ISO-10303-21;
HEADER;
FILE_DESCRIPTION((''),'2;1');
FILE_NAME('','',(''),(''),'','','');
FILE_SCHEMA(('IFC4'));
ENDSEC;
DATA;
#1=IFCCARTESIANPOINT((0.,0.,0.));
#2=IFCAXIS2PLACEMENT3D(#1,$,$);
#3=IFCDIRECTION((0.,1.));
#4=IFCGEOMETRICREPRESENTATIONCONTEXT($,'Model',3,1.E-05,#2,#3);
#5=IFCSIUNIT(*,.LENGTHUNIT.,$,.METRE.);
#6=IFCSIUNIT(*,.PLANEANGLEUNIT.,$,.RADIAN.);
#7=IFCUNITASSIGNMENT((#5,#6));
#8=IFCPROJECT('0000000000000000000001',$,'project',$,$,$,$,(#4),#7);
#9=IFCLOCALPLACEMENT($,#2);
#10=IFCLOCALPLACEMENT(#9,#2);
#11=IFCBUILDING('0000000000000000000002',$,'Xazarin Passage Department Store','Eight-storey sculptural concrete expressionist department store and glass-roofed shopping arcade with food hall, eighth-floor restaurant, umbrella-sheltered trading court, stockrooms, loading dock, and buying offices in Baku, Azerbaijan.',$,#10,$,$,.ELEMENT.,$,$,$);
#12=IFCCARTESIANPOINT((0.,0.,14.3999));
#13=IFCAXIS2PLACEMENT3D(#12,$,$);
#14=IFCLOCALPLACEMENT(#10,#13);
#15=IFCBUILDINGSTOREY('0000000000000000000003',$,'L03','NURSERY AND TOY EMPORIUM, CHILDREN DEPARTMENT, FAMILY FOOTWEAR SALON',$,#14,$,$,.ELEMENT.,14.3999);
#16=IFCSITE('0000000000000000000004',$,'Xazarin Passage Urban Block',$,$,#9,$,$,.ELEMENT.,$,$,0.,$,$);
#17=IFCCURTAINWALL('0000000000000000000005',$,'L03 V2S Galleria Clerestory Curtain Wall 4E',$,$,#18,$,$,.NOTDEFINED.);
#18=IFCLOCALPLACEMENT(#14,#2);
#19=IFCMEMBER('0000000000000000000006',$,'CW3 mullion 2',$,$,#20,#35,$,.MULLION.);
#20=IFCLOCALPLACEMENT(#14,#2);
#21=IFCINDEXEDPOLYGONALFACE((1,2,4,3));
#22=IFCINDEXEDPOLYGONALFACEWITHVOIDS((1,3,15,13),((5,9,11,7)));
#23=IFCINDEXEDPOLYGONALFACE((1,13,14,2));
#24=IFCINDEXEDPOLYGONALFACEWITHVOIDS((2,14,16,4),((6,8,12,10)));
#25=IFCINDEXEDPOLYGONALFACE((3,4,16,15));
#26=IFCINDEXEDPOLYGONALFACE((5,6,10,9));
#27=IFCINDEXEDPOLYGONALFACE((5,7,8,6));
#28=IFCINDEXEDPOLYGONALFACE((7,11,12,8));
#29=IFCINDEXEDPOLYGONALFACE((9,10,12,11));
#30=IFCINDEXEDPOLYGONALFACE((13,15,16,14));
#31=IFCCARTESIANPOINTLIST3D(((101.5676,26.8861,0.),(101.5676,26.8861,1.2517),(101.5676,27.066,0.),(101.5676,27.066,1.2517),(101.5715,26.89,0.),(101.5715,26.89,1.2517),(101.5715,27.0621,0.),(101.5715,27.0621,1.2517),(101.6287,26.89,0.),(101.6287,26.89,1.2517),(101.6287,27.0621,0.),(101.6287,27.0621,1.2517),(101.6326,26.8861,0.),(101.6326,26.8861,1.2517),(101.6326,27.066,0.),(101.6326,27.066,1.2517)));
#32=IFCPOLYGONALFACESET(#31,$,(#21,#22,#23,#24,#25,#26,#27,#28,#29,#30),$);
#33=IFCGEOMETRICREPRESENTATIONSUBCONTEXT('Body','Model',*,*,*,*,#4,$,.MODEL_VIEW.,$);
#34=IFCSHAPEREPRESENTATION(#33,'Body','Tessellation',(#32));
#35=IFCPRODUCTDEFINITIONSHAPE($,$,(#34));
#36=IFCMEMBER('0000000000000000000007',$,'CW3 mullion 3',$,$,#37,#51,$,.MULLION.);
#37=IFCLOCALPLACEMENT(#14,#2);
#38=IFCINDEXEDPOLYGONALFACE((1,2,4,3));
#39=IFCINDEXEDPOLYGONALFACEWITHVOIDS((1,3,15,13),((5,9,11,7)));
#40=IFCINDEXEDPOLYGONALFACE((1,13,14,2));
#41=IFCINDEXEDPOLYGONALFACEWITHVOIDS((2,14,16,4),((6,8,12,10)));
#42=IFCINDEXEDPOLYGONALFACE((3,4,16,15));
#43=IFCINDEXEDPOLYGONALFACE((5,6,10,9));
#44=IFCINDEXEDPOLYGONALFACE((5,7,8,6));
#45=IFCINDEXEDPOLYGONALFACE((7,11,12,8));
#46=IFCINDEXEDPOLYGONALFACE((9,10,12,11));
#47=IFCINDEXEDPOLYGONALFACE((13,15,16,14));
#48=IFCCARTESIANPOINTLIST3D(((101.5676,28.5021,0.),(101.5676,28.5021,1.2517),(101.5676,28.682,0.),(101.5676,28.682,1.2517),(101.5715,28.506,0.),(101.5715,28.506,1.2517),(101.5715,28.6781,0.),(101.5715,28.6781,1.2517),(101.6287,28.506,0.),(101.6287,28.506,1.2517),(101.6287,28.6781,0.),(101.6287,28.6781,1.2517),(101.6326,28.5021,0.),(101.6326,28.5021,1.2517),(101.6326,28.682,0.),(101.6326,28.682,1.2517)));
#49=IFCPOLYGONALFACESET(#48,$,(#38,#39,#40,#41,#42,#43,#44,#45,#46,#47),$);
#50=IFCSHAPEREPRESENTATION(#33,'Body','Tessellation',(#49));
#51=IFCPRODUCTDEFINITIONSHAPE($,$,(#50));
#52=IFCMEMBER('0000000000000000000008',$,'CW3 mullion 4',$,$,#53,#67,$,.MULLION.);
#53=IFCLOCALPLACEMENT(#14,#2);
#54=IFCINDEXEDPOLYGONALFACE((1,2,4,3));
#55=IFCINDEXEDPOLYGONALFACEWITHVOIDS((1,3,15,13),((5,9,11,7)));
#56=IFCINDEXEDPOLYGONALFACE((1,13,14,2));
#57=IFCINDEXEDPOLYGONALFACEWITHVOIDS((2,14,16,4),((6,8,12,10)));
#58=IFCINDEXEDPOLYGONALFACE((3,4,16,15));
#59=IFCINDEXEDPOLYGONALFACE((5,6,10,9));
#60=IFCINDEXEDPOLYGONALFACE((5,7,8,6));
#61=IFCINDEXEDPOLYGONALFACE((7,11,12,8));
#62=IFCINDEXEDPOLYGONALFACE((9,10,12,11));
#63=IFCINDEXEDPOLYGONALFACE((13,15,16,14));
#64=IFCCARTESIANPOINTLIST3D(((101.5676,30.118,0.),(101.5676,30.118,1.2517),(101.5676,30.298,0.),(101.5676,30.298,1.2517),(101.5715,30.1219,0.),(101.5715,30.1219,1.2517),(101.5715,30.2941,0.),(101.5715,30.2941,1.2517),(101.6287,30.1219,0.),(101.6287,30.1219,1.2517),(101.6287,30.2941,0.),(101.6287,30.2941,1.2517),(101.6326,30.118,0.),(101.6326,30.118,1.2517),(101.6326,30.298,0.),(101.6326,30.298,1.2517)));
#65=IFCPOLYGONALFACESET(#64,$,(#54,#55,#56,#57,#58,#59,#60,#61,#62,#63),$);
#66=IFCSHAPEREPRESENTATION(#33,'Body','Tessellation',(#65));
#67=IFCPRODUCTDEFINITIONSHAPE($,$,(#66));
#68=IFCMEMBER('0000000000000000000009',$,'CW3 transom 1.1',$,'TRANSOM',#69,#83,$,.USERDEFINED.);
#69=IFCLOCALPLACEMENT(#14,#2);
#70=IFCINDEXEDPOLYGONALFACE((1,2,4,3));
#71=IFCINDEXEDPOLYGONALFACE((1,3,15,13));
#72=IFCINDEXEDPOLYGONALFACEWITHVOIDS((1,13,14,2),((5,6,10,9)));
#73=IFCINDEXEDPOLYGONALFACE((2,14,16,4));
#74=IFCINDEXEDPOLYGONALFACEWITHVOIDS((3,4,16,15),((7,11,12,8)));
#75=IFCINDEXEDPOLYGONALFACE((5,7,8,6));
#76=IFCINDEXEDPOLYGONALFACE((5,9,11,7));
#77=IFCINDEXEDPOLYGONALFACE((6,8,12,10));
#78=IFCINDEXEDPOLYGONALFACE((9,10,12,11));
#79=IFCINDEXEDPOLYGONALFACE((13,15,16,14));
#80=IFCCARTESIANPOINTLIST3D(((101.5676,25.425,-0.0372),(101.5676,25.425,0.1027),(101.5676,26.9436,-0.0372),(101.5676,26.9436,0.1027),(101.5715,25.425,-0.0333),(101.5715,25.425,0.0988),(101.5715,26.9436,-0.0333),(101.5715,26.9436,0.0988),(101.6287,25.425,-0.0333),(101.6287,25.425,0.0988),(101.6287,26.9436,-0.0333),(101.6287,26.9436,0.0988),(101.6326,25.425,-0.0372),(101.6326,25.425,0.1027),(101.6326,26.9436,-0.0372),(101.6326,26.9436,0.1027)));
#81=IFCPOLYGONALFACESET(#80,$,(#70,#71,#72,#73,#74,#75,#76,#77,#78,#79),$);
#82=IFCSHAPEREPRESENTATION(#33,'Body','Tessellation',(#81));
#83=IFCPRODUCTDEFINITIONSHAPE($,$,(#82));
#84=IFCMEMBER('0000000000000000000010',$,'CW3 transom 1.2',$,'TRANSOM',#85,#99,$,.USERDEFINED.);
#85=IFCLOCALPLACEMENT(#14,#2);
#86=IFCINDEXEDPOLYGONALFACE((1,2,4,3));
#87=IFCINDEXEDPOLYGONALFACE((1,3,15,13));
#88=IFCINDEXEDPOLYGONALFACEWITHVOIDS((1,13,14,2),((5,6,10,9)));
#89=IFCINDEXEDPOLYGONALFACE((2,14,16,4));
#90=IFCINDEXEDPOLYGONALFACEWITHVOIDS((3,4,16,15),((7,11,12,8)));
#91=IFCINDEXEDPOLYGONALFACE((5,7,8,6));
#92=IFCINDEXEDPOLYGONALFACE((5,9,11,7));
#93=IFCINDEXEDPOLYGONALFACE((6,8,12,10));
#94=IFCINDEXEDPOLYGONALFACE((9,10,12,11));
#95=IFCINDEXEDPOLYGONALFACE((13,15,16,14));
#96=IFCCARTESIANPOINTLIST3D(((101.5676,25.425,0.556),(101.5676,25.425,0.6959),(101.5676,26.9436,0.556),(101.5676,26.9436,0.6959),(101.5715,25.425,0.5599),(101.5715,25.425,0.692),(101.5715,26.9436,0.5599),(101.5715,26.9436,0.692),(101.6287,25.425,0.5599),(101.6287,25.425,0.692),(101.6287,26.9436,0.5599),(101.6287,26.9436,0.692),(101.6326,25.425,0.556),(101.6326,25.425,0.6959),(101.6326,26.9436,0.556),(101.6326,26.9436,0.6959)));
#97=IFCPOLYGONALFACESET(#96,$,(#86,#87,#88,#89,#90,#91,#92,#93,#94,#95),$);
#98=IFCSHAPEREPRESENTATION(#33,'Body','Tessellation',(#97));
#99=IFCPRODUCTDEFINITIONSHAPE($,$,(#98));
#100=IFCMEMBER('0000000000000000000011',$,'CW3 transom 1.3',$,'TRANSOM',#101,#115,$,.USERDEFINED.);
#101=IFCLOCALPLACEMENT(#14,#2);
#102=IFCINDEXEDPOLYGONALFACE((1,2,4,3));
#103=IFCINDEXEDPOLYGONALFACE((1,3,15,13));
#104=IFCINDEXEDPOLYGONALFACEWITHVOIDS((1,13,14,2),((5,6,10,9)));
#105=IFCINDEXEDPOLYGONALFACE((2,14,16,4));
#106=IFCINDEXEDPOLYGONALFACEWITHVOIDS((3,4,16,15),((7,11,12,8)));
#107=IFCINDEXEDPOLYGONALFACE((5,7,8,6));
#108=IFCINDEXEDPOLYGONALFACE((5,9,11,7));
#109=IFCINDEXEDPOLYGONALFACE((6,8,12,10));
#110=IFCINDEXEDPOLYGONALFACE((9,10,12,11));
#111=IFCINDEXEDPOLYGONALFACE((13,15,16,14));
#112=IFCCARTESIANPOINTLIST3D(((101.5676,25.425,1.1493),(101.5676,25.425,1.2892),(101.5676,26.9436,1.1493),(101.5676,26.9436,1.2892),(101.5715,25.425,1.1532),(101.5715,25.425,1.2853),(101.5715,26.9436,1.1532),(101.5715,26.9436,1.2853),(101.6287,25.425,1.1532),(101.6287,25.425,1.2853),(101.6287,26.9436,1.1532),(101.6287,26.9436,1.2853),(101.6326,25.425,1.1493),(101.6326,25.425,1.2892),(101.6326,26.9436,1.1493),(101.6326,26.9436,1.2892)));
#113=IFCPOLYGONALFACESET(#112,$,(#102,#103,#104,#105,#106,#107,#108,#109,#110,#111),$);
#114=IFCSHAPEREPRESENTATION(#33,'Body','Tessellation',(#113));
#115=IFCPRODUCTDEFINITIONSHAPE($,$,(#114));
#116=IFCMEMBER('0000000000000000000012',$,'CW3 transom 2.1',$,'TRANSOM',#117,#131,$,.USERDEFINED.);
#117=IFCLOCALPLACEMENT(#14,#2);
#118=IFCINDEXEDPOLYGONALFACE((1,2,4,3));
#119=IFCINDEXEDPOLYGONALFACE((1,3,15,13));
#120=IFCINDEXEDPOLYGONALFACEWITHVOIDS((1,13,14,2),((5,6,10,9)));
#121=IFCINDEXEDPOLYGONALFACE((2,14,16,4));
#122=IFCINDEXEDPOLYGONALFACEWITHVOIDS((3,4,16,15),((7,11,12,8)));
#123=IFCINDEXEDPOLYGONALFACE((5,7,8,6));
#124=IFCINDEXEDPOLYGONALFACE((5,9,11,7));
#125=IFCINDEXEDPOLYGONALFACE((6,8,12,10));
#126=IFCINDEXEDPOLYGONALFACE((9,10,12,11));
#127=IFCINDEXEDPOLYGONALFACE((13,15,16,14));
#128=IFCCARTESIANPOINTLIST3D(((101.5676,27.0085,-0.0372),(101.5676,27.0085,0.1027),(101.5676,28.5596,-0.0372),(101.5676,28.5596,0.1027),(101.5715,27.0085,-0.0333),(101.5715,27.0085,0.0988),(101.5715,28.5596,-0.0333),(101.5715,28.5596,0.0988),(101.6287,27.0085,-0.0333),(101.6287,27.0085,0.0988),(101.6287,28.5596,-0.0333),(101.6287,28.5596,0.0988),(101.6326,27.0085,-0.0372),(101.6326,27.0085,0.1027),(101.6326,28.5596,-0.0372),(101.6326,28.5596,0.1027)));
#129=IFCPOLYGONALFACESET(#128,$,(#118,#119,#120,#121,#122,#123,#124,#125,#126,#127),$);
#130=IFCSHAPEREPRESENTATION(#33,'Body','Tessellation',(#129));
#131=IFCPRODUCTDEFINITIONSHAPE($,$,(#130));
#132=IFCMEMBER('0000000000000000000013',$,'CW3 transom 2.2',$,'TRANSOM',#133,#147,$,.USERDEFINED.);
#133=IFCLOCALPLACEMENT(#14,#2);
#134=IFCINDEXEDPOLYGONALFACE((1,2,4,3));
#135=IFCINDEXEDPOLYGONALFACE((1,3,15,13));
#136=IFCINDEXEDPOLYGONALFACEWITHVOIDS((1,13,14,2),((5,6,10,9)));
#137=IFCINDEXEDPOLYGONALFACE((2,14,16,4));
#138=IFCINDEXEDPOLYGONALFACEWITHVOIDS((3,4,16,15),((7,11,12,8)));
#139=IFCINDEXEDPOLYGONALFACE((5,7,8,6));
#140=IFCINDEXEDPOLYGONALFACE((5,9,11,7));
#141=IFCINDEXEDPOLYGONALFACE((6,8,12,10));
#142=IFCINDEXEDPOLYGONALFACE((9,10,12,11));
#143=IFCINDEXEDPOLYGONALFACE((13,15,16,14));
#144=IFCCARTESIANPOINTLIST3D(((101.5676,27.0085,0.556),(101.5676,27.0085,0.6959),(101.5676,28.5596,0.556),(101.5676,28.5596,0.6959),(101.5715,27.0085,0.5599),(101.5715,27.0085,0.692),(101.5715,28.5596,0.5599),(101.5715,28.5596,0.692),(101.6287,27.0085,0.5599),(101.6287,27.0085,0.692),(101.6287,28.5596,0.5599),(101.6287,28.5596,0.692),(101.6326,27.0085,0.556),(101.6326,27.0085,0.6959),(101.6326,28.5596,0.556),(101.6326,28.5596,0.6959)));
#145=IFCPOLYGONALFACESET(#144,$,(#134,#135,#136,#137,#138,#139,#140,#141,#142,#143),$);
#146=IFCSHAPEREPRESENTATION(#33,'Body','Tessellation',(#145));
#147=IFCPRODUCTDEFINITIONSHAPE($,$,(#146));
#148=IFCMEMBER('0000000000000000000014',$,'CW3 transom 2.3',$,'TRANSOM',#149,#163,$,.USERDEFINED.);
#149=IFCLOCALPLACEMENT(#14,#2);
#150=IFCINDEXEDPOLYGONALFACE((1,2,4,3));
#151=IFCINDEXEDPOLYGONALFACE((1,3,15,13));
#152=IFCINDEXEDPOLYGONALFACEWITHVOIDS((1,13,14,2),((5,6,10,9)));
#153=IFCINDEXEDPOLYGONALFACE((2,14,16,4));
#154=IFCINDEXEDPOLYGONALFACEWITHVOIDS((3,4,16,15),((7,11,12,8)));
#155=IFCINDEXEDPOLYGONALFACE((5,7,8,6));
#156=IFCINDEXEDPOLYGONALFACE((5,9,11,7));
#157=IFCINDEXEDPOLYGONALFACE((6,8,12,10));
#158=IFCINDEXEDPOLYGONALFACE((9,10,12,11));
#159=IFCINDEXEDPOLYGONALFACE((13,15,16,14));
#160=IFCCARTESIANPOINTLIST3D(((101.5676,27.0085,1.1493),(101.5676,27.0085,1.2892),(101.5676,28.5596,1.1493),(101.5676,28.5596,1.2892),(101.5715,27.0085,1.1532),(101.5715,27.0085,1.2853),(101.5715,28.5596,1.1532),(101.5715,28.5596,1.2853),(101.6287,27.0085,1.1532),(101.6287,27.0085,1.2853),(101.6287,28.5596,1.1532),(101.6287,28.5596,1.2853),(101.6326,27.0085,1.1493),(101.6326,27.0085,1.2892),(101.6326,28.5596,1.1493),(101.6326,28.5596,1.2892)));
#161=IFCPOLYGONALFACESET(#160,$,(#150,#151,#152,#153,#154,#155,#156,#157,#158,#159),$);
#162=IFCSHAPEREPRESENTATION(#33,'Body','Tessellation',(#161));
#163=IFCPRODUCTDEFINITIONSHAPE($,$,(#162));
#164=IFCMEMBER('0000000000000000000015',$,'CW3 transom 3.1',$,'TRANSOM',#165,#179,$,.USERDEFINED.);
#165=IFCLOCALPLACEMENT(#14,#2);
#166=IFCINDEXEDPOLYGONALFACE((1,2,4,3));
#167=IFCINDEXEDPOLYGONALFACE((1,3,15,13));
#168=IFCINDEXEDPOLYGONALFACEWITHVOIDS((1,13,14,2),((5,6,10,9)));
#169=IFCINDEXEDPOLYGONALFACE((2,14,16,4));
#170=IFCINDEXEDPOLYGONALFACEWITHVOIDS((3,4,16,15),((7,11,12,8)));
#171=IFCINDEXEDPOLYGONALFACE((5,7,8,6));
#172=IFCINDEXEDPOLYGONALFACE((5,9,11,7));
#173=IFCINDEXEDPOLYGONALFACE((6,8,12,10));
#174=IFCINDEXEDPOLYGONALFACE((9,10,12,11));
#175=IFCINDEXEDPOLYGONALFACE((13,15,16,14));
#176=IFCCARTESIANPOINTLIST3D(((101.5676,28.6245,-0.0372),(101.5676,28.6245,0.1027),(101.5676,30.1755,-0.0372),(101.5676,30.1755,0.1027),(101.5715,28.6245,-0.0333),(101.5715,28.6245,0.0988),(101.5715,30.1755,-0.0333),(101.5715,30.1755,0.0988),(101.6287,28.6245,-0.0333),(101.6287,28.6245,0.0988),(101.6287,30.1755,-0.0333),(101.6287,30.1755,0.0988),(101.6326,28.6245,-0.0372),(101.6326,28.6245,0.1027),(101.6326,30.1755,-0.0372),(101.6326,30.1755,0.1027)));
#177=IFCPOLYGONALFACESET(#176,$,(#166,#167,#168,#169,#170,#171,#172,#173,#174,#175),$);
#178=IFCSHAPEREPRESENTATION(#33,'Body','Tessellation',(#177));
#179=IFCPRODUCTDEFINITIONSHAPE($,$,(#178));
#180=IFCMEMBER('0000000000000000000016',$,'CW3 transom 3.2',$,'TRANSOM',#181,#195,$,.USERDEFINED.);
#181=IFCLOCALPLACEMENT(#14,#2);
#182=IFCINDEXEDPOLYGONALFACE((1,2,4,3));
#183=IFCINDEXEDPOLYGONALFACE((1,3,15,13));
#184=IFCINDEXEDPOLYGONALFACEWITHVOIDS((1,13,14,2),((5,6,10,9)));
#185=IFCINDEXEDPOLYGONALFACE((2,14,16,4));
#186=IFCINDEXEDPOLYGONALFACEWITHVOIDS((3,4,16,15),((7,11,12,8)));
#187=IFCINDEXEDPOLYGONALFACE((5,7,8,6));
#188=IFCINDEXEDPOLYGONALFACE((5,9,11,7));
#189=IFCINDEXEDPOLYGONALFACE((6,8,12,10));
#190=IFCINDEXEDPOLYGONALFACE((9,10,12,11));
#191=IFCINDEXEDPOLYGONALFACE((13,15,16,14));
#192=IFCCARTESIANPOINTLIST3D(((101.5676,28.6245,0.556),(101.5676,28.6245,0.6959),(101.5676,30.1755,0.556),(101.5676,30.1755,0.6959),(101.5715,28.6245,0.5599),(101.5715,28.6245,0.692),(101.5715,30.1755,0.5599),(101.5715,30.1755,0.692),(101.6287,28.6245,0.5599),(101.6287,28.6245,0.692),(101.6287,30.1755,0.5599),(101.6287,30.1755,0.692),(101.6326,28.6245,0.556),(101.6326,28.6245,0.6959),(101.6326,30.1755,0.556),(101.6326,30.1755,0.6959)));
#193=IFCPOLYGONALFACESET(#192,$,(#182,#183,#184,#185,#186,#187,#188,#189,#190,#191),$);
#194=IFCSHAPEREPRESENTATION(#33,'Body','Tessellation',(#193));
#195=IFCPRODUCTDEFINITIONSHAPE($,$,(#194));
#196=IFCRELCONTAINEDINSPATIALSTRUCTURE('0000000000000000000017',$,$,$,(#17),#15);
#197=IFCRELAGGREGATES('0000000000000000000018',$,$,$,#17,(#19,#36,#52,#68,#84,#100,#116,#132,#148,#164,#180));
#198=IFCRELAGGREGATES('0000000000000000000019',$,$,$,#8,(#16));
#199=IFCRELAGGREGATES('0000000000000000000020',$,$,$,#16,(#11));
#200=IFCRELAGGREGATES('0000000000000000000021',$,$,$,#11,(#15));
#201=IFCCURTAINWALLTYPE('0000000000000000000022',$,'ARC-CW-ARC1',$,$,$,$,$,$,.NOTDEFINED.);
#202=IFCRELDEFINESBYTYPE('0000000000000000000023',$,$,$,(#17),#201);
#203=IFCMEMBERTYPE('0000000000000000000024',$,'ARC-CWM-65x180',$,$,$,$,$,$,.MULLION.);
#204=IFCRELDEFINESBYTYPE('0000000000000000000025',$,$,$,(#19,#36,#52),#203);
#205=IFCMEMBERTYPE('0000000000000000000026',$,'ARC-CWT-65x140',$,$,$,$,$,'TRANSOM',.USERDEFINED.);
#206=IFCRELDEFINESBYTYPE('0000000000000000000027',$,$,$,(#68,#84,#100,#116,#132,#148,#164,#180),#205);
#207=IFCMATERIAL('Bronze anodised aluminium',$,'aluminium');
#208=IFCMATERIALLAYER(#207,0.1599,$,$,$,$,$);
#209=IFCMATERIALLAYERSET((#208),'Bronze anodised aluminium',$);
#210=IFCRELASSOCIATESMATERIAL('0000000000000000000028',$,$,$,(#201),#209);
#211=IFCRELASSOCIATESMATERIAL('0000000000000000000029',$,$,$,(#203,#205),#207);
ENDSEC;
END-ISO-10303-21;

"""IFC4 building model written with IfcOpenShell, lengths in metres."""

from ifc_helpers import new_model, si_unit, direction, frame, origin, origin_2d, place, context, subcontext, project, spatial, hollow_rectangle, extrude, material, layer, layer_set, material_profile, profile_set, type_object, element, aggregate, save


model = new_model("IFC4")

# Units and contexts
model_context = context("Model", 3, precision=1e-05, world=origin(), true_north=direction((0.0, 1.0)))
body_context = subcontext(model_context, "Body", "Model", "MODEL_VIEW")
ifc_project = project(units=[si_unit("LENGTHUNIT", "METRE"), si_unit("PLANEANGLEUNIT", "RADIAN")], contexts=[model_context])

# Site, building, storey
site_placement = place(None, origin())
site = spatial("IfcSite", under=ifc_project, at=site_placement, Name="Xazarin Passage Urban Block", CompositionType="ELEMENT", RefElevation=0.0)
building_placement = place(site_placement, origin())
building = spatial("IfcBuilding", under=site, at=building_placement, Name="Xazarin Passage Department Store", Description="Eight-storey sculptural concrete expressionist department store and glass-roofed shopping arcade with food hall, eighth-floor restaurant, umbrella-sheltered trading court, stockrooms, loading dock, and buying offices in Baku, Azerbaijan.", CompositionType="ELEMENT")
storey_placement = place(building_placement, frame((0.0, 0.0, 14.3999)))
storey = spatial("IfcBuildingStorey", under=building, at=storey_placement, Name="L03", Description="NURSERY AND TOY EMPORIUM, CHILDREN DEPARTMENT, FAMILY FOOTWEAR SALON", CompositionType="ELEMENT", Elevation=14.3999)

# Curtain wall, members
ifc_material_1 = material(Name="Bronze anodised aluminium", Category="aluminium")
ifc_layer_1 = layer(ifc_material_1, 0.1599)
ifc_layer_set_1 = layer_set([ifc_layer_1], Name="Bronze anodised aluminium")
curtain_wall_type = type_object("IfcCurtainWallType", Name="ARC-CW-ARC1", PredefinedType="NOTDEFINED", material=ifc_layer_set_1)
curtain_wall_placement = place(storey_placement, origin())
curtain_wall = element("IfcCurtainWall", 1, at=curtain_wall_placement, inside=storey, type_object=curtain_wall_type, Name="L03 V2S Galleria Clerestory Curtain Wall 4E", PredefinedType="NOTDEFINED")
ifc_material_profile_1 = material_profile(ifc_material_1, hollow_rectangle(XDim=0.0649, YDim=0.1799, WallThickness=0.0039, at=origin_2d()), Name="ALU 65x180")
ifc_profile_set_1 = profile_set([ifc_material_profile_1], Name="Bronze anodised aluminium")
member_type_1 = type_object("IfcMemberType", Name="ARC-CWM-65x180", PredefinedType="MULLION", material=ifc_profile_set_1)
member_1_placement = place(storey_placement, frame((101.6001, 26.9761, 0.0), z_axis=(0.0, 0.0, 1.0), x_axis=(-1.0, 0.0, 0.0)))
member_1 = element("IfcMember", 2, at=member_1_placement, type_object=member_type_1, Name="CW3 mullion 2", PredefinedType="MULLION", context=body_context, shape_type="SweptSolid", body=[
    extrude(hollow_rectangle(XDim=0.0649, YDim=0.1799, WallThickness=0.0039, at=origin_2d()), origin(), (0.0, 0.0, 1.0), 1.2517),
])
member_2_placement = place(storey_placement, frame((101.6001, 28.592, 0.0), z_axis=(0.0, 0.0, 1.0), x_axis=(-1.0, 0.0, 0.0)))
member_2 = element("IfcMember", 3, at=member_2_placement, type_object=member_type_1, Name="CW3 mullion 3", PredefinedType="MULLION", context=body_context, shape_type="SweptSolid", body=[
    extrude(hollow_rectangle(XDim=0.0649, YDim=0.1799, WallThickness=0.0039, at=origin_2d()), origin(), (0.0, 0.0, 1.0), 1.2517),
])
member_3_placement = place(storey_placement, frame((101.6001, 30.208, 0.0), z_axis=(0.0, 0.0, 1.0), x_axis=(-1.0, 0.0, 0.0)))
member_3 = element("IfcMember", 4, at=member_3_placement, type_object=member_type_1, Name="CW3 mullion 4", PredefinedType="MULLION", context=body_context, shape_type="SweptSolid", body=[
    extrude(hollow_rectangle(XDim=0.0649, YDim=0.1799, WallThickness=0.0039, at=origin_2d()), origin(), (0.0, 0.0, 1.0), 1.2517),
])
ifc_material_profile_2 = material_profile(ifc_material_1, hollow_rectangle(XDim=0.0649, YDim=0.1399, WallThickness=0.0039, at=origin_2d()), Name="ALU 65x140")
ifc_profile_set_2 = profile_set([ifc_material_profile_2], Name="Bronze anodised aluminium")
member_type_2 = type_object("IfcMemberType", Name="ARC-CWT-65x140", ElementType="TRANSOM", PredefinedType="USERDEFINED", material=ifc_profile_set_2)
member_4_placement = place(storey_placement, frame((101.6001, 25.425, 0.0327), z_axis=(0.0, 1.0, 0.0), x_axis=(-1.0, 0.0, 0.0)))
member_4 = element("IfcMember", 5, at=member_4_placement, type_object=member_type_2, Name="CW3 transom 1.1", ObjectType="TRANSOM", PredefinedType="USERDEFINED", context=body_context, shape_type="SweptSolid", body=[
    extrude(hollow_rectangle(XDim=0.0649, YDim=0.1399, WallThickness=0.0039, at=origin_2d()), origin(), (0.0, 0.0, 1.0), 1.5186),
])
member_5_placement = place(storey_placement, frame((101.6001, 25.425, 0.626), z_axis=(0.0, 1.0, 0.0), x_axis=(-1.0, 0.0, 0.0)))
member_5 = element("IfcMember", 6, at=member_5_placement, type_object=member_type_2, Name="CW3 transom 1.2", ObjectType="TRANSOM", PredefinedType="USERDEFINED", context=body_context, shape_type="SweptSolid", body=[
    extrude(hollow_rectangle(XDim=0.0649, YDim=0.1399, WallThickness=0.0039, at=origin_2d()), origin(), (0.0, 0.0, 1.0), 1.5186),
])
member_6_placement = place(storey_placement, frame((101.6001, 25.425, 1.2192), z_axis=(0.0, 1.0, 0.0), x_axis=(-1.0, 0.0, 0.0)))
member_6 = element("IfcMember", 7, at=member_6_placement, type_object=member_type_2, Name="CW3 transom 1.3", ObjectType="TRANSOM", PredefinedType="USERDEFINED", context=body_context, shape_type="SweptSolid", body=[
    extrude(hollow_rectangle(XDim=0.0649, YDim=0.1399, WallThickness=0.0039, at=origin_2d()), origin(), (0.0, 0.0, 1.0), 1.5186),
])
member_7_placement = place(storey_placement, frame((101.6001, 27.0085, 0.0327), z_axis=(0.0, 1.0, 0.0), x_axis=(-1.0, 0.0, 0.0)))
member_7 = element("IfcMember", 8, at=member_7_placement, type_object=member_type_2, Name="CW3 transom 2.1", ObjectType="TRANSOM", PredefinedType="USERDEFINED", context=body_context, shape_type="SweptSolid", body=[
    extrude(hollow_rectangle(XDim=0.0649, YDim=0.1399, WallThickness=0.0039, at=origin_2d()), origin(), (0.0, 0.0, 1.0), 1.551),
])
member_8_placement = place(storey_placement, frame((101.6001, 27.0085, 0.626), z_axis=(0.0, 1.0, 0.0), x_axis=(-1.0, 0.0, 0.0)))
member_8 = element("IfcMember", 9, at=member_8_placement, type_object=member_type_2, Name="CW3 transom 2.2", ObjectType="TRANSOM", PredefinedType="USERDEFINED", context=body_context, shape_type="SweptSolid", body=[
    extrude(hollow_rectangle(XDim=0.0649, YDim=0.1399, WallThickness=0.0039, at=origin_2d()), origin(), (0.0, 0.0, 1.0), 1.551),
])
member_9_placement = place(storey_placement, frame((101.6001, 27.0085, 1.2192), z_axis=(0.0, 1.0, 0.0), x_axis=(-1.0, 0.0, 0.0)))
member_9 = element("IfcMember", 10, at=member_9_placement, type_object=member_type_2, Name="CW3 transom 2.3", ObjectType="TRANSOM", PredefinedType="USERDEFINED", context=body_context, shape_type="SweptSolid", body=[
    extrude(hollow_rectangle(XDim=0.0649, YDim=0.1399, WallThickness=0.0039, at=origin_2d()), origin(), (0.0, 0.0, 1.0), 1.551),
])
member_10_placement = place(storey_placement, frame((101.6001, 28.6245, 0.0327), z_axis=(0.0, 1.0, 0.0), x_axis=(-1.0, 0.0, 0.0)))
member_10 = element("IfcMember", 11, at=member_10_placement, type_object=member_type_2, Name="CW3 transom 3.1", ObjectType="TRANSOM", PredefinedType="USERDEFINED", context=body_context, shape_type="SweptSolid", body=[
    extrude(hollow_rectangle(XDim=0.0649, YDim=0.1399, WallThickness=0.0039, at=origin_2d()), origin(), (0.0, 0.0, 1.0), 1.551),
])
member_11_placement = place(storey_placement, frame((101.6001, 28.6245, 0.626), z_axis=(0.0, 1.0, 0.0), x_axis=(-1.0, 0.0, 0.0)))
member_11 = element("IfcMember", 12, at=member_11_placement, type_object=member_type_2, Name="CW3 transom 3.2", ObjectType="TRANSOM", PredefinedType="USERDEFINED", context=body_context, shape_type="SweptSolid", body=[
    extrude(hollow_rectangle(XDim=0.0649, YDim=0.1399, WallThickness=0.0039, at=origin_2d()), origin(), (0.0, 0.0, 1.0), 1.551),
])
aggregate(curtain_wall, [member_1, member_2, member_3, member_4, member_5, member_6, member_7, member_8, member_9, member_10, member_11])

save(model, "model.ifc")
